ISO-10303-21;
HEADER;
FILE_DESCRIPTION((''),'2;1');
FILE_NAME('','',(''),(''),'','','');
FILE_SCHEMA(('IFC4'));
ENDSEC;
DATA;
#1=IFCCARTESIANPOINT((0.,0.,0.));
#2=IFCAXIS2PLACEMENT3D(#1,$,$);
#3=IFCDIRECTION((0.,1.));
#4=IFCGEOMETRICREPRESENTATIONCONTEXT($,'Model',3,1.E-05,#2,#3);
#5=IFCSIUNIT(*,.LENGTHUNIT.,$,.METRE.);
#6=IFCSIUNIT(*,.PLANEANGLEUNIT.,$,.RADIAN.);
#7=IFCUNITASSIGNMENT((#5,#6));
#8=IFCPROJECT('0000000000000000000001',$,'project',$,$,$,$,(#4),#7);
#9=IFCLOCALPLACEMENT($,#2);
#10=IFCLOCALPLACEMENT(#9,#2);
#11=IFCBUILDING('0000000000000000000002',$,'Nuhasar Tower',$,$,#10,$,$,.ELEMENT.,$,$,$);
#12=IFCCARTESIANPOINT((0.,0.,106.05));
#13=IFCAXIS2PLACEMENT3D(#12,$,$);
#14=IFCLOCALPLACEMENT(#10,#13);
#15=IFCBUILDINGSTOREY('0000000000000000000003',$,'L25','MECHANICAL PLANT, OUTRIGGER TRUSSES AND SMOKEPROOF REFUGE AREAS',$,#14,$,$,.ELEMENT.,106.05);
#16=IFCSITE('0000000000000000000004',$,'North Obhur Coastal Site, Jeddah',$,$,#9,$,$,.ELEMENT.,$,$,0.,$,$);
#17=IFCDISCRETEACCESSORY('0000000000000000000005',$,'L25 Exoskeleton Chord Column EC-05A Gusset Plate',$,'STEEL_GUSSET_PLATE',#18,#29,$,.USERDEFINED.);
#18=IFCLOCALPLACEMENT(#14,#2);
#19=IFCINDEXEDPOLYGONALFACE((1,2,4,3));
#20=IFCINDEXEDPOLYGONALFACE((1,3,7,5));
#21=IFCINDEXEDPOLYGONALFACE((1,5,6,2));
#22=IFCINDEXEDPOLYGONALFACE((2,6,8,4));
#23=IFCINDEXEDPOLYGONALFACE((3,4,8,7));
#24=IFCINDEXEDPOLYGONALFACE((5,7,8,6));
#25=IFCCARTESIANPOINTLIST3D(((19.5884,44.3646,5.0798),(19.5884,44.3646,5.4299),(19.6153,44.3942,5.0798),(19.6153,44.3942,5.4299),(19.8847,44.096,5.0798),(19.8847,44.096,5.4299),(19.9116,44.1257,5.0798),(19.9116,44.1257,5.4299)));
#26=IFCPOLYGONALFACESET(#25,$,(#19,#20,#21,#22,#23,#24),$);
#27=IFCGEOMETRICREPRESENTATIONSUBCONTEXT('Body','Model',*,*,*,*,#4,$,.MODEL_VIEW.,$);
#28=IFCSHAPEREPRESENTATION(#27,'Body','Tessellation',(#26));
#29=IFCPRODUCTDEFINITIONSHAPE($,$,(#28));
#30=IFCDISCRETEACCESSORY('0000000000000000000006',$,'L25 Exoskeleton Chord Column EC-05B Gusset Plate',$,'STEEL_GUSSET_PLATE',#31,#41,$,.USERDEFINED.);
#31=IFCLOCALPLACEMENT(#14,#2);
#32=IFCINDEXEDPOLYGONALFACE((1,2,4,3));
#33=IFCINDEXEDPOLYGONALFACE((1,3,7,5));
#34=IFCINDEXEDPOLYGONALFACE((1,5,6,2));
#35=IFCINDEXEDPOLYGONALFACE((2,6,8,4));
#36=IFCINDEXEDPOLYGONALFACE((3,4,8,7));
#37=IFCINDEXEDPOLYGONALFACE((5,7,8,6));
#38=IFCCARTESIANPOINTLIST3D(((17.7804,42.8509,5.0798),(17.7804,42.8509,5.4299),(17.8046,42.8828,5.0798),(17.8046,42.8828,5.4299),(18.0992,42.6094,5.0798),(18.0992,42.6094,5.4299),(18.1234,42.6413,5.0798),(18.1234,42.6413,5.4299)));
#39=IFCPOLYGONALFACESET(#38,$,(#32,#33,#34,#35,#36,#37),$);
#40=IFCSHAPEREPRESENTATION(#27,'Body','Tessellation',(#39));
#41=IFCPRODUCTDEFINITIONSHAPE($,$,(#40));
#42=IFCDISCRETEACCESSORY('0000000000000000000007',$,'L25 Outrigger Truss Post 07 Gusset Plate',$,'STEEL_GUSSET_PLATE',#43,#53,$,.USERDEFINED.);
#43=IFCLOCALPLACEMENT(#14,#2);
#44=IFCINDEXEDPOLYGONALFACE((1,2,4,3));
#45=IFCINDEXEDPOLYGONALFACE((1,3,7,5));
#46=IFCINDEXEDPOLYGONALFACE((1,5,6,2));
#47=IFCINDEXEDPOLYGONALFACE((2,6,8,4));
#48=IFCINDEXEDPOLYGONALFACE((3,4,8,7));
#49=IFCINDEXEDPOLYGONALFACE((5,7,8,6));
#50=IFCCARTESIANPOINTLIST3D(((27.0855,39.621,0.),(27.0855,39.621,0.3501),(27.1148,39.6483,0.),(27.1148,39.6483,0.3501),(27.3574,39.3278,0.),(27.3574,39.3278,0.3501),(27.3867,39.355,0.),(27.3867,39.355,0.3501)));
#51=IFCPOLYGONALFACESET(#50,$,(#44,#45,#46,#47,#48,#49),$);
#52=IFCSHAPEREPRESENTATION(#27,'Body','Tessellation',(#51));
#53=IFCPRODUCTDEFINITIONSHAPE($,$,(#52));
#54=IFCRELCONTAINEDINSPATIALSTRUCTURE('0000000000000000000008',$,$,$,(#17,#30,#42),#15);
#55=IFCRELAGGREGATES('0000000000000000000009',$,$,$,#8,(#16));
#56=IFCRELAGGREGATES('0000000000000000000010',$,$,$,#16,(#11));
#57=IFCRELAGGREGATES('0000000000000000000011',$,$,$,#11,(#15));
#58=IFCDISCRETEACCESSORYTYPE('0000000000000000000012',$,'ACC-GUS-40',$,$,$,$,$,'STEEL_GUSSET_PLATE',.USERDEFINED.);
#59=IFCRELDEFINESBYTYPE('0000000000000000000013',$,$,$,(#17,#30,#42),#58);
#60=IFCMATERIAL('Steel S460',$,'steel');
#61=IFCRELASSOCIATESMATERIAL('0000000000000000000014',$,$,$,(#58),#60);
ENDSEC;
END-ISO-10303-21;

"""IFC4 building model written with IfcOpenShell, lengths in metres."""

from ifc_helpers import new_model, si_unit, direction, frame, origin, origin_2d, place, context, subcontext, project, spatial, rectangle, extrude, material, type_object, element, save


model = new_model("IFC4")

# Units and contexts
model_context = context("Model", 3, precision=1e-05, world=origin(), true_north=direction((0.0, 1.0)))
body_context = subcontext(model_context, "Body", "Model", "MODEL_VIEW")
ifc_project = project(units=[si_unit("LENGTHUNIT", "METRE"), si_unit("PLANEANGLEUNIT", "RADIAN")], contexts=[model_context])

# Site, building, storey
site_placement = place(None, origin())
site = spatial("IfcSite", under=ifc_project, at=site_placement, Name="North Obhur Coastal Site, Jeddah", CompositionType="ELEMENT", RefElevation=0.0)
building_placement = place(site_placement, origin())
building = spatial("IfcBuilding", under=site, at=building_placement, Name="Nuhasar Tower", CompositionType="ELEMENT")
storey_placement = place(building_placement, frame((0.0, 0.0, 106.05)))
storey = spatial("IfcBuildingStorey", under=building, at=storey_placement, Name="L25", Description="MECHANICAL PLANT, OUTRIGGER TRUSSES AND SMOKEPROOF REFUGE AREAS", CompositionType="ELEMENT", Elevation=106.05)

# Shared definitions
ifc_material_1 = material(Name="Steel S460", Category="steel")

# Discrete accessories
discrete_accessory_type = type_object("IfcDiscreteAccessoryType", Name="ACC-GUS-40", ElementType="STEEL_GUSSET_PLATE", PredefinedType="USERDEFINED", material=ifc_material_1)
for number, where, z_axis, x_axis, name in (
    (1, (19.75, 44.2451, 5.0798), (0.0, 0.0, 1.0), (-0.741004, 0.671501, 0.0), "L25 Exoskeleton Chord Column EC-05A Gusset Plate"),
    (2, (17.9519, 42.7461, 5.0798), (0.0, 0.0, 1.0), (-0.797078, 0.603876, 0.0), "L25 Exoskeleton Chord Column EC-05B Gusset Plate"),
    (3, (27.2361, 39.488, 0.0), (0.0, 0.0, 1.0), (-0.679928, 0.733279, 0.0), "L25 Outrigger Truss Post 07 Gusset Plate"),
):
    element("IfcDiscreteAccessory", number, at=place(storey_placement, frame(where, z_axis=z_axis, x_axis=x_axis)), inside=storey, type_object=discrete_accessory_type, Name=name, ObjectType="STEEL_GUSSET_PLATE", PredefinedType="USERDEFINED", context=body_context, shape_type="SweptSolid", body=[
        extrude(rectangle(XDim=0.3999, YDim=0.04, at=origin_2d()), origin(), (0.0, 0.0, 1.0), 0.3501),
    ])

save(model, "model.ifc")
